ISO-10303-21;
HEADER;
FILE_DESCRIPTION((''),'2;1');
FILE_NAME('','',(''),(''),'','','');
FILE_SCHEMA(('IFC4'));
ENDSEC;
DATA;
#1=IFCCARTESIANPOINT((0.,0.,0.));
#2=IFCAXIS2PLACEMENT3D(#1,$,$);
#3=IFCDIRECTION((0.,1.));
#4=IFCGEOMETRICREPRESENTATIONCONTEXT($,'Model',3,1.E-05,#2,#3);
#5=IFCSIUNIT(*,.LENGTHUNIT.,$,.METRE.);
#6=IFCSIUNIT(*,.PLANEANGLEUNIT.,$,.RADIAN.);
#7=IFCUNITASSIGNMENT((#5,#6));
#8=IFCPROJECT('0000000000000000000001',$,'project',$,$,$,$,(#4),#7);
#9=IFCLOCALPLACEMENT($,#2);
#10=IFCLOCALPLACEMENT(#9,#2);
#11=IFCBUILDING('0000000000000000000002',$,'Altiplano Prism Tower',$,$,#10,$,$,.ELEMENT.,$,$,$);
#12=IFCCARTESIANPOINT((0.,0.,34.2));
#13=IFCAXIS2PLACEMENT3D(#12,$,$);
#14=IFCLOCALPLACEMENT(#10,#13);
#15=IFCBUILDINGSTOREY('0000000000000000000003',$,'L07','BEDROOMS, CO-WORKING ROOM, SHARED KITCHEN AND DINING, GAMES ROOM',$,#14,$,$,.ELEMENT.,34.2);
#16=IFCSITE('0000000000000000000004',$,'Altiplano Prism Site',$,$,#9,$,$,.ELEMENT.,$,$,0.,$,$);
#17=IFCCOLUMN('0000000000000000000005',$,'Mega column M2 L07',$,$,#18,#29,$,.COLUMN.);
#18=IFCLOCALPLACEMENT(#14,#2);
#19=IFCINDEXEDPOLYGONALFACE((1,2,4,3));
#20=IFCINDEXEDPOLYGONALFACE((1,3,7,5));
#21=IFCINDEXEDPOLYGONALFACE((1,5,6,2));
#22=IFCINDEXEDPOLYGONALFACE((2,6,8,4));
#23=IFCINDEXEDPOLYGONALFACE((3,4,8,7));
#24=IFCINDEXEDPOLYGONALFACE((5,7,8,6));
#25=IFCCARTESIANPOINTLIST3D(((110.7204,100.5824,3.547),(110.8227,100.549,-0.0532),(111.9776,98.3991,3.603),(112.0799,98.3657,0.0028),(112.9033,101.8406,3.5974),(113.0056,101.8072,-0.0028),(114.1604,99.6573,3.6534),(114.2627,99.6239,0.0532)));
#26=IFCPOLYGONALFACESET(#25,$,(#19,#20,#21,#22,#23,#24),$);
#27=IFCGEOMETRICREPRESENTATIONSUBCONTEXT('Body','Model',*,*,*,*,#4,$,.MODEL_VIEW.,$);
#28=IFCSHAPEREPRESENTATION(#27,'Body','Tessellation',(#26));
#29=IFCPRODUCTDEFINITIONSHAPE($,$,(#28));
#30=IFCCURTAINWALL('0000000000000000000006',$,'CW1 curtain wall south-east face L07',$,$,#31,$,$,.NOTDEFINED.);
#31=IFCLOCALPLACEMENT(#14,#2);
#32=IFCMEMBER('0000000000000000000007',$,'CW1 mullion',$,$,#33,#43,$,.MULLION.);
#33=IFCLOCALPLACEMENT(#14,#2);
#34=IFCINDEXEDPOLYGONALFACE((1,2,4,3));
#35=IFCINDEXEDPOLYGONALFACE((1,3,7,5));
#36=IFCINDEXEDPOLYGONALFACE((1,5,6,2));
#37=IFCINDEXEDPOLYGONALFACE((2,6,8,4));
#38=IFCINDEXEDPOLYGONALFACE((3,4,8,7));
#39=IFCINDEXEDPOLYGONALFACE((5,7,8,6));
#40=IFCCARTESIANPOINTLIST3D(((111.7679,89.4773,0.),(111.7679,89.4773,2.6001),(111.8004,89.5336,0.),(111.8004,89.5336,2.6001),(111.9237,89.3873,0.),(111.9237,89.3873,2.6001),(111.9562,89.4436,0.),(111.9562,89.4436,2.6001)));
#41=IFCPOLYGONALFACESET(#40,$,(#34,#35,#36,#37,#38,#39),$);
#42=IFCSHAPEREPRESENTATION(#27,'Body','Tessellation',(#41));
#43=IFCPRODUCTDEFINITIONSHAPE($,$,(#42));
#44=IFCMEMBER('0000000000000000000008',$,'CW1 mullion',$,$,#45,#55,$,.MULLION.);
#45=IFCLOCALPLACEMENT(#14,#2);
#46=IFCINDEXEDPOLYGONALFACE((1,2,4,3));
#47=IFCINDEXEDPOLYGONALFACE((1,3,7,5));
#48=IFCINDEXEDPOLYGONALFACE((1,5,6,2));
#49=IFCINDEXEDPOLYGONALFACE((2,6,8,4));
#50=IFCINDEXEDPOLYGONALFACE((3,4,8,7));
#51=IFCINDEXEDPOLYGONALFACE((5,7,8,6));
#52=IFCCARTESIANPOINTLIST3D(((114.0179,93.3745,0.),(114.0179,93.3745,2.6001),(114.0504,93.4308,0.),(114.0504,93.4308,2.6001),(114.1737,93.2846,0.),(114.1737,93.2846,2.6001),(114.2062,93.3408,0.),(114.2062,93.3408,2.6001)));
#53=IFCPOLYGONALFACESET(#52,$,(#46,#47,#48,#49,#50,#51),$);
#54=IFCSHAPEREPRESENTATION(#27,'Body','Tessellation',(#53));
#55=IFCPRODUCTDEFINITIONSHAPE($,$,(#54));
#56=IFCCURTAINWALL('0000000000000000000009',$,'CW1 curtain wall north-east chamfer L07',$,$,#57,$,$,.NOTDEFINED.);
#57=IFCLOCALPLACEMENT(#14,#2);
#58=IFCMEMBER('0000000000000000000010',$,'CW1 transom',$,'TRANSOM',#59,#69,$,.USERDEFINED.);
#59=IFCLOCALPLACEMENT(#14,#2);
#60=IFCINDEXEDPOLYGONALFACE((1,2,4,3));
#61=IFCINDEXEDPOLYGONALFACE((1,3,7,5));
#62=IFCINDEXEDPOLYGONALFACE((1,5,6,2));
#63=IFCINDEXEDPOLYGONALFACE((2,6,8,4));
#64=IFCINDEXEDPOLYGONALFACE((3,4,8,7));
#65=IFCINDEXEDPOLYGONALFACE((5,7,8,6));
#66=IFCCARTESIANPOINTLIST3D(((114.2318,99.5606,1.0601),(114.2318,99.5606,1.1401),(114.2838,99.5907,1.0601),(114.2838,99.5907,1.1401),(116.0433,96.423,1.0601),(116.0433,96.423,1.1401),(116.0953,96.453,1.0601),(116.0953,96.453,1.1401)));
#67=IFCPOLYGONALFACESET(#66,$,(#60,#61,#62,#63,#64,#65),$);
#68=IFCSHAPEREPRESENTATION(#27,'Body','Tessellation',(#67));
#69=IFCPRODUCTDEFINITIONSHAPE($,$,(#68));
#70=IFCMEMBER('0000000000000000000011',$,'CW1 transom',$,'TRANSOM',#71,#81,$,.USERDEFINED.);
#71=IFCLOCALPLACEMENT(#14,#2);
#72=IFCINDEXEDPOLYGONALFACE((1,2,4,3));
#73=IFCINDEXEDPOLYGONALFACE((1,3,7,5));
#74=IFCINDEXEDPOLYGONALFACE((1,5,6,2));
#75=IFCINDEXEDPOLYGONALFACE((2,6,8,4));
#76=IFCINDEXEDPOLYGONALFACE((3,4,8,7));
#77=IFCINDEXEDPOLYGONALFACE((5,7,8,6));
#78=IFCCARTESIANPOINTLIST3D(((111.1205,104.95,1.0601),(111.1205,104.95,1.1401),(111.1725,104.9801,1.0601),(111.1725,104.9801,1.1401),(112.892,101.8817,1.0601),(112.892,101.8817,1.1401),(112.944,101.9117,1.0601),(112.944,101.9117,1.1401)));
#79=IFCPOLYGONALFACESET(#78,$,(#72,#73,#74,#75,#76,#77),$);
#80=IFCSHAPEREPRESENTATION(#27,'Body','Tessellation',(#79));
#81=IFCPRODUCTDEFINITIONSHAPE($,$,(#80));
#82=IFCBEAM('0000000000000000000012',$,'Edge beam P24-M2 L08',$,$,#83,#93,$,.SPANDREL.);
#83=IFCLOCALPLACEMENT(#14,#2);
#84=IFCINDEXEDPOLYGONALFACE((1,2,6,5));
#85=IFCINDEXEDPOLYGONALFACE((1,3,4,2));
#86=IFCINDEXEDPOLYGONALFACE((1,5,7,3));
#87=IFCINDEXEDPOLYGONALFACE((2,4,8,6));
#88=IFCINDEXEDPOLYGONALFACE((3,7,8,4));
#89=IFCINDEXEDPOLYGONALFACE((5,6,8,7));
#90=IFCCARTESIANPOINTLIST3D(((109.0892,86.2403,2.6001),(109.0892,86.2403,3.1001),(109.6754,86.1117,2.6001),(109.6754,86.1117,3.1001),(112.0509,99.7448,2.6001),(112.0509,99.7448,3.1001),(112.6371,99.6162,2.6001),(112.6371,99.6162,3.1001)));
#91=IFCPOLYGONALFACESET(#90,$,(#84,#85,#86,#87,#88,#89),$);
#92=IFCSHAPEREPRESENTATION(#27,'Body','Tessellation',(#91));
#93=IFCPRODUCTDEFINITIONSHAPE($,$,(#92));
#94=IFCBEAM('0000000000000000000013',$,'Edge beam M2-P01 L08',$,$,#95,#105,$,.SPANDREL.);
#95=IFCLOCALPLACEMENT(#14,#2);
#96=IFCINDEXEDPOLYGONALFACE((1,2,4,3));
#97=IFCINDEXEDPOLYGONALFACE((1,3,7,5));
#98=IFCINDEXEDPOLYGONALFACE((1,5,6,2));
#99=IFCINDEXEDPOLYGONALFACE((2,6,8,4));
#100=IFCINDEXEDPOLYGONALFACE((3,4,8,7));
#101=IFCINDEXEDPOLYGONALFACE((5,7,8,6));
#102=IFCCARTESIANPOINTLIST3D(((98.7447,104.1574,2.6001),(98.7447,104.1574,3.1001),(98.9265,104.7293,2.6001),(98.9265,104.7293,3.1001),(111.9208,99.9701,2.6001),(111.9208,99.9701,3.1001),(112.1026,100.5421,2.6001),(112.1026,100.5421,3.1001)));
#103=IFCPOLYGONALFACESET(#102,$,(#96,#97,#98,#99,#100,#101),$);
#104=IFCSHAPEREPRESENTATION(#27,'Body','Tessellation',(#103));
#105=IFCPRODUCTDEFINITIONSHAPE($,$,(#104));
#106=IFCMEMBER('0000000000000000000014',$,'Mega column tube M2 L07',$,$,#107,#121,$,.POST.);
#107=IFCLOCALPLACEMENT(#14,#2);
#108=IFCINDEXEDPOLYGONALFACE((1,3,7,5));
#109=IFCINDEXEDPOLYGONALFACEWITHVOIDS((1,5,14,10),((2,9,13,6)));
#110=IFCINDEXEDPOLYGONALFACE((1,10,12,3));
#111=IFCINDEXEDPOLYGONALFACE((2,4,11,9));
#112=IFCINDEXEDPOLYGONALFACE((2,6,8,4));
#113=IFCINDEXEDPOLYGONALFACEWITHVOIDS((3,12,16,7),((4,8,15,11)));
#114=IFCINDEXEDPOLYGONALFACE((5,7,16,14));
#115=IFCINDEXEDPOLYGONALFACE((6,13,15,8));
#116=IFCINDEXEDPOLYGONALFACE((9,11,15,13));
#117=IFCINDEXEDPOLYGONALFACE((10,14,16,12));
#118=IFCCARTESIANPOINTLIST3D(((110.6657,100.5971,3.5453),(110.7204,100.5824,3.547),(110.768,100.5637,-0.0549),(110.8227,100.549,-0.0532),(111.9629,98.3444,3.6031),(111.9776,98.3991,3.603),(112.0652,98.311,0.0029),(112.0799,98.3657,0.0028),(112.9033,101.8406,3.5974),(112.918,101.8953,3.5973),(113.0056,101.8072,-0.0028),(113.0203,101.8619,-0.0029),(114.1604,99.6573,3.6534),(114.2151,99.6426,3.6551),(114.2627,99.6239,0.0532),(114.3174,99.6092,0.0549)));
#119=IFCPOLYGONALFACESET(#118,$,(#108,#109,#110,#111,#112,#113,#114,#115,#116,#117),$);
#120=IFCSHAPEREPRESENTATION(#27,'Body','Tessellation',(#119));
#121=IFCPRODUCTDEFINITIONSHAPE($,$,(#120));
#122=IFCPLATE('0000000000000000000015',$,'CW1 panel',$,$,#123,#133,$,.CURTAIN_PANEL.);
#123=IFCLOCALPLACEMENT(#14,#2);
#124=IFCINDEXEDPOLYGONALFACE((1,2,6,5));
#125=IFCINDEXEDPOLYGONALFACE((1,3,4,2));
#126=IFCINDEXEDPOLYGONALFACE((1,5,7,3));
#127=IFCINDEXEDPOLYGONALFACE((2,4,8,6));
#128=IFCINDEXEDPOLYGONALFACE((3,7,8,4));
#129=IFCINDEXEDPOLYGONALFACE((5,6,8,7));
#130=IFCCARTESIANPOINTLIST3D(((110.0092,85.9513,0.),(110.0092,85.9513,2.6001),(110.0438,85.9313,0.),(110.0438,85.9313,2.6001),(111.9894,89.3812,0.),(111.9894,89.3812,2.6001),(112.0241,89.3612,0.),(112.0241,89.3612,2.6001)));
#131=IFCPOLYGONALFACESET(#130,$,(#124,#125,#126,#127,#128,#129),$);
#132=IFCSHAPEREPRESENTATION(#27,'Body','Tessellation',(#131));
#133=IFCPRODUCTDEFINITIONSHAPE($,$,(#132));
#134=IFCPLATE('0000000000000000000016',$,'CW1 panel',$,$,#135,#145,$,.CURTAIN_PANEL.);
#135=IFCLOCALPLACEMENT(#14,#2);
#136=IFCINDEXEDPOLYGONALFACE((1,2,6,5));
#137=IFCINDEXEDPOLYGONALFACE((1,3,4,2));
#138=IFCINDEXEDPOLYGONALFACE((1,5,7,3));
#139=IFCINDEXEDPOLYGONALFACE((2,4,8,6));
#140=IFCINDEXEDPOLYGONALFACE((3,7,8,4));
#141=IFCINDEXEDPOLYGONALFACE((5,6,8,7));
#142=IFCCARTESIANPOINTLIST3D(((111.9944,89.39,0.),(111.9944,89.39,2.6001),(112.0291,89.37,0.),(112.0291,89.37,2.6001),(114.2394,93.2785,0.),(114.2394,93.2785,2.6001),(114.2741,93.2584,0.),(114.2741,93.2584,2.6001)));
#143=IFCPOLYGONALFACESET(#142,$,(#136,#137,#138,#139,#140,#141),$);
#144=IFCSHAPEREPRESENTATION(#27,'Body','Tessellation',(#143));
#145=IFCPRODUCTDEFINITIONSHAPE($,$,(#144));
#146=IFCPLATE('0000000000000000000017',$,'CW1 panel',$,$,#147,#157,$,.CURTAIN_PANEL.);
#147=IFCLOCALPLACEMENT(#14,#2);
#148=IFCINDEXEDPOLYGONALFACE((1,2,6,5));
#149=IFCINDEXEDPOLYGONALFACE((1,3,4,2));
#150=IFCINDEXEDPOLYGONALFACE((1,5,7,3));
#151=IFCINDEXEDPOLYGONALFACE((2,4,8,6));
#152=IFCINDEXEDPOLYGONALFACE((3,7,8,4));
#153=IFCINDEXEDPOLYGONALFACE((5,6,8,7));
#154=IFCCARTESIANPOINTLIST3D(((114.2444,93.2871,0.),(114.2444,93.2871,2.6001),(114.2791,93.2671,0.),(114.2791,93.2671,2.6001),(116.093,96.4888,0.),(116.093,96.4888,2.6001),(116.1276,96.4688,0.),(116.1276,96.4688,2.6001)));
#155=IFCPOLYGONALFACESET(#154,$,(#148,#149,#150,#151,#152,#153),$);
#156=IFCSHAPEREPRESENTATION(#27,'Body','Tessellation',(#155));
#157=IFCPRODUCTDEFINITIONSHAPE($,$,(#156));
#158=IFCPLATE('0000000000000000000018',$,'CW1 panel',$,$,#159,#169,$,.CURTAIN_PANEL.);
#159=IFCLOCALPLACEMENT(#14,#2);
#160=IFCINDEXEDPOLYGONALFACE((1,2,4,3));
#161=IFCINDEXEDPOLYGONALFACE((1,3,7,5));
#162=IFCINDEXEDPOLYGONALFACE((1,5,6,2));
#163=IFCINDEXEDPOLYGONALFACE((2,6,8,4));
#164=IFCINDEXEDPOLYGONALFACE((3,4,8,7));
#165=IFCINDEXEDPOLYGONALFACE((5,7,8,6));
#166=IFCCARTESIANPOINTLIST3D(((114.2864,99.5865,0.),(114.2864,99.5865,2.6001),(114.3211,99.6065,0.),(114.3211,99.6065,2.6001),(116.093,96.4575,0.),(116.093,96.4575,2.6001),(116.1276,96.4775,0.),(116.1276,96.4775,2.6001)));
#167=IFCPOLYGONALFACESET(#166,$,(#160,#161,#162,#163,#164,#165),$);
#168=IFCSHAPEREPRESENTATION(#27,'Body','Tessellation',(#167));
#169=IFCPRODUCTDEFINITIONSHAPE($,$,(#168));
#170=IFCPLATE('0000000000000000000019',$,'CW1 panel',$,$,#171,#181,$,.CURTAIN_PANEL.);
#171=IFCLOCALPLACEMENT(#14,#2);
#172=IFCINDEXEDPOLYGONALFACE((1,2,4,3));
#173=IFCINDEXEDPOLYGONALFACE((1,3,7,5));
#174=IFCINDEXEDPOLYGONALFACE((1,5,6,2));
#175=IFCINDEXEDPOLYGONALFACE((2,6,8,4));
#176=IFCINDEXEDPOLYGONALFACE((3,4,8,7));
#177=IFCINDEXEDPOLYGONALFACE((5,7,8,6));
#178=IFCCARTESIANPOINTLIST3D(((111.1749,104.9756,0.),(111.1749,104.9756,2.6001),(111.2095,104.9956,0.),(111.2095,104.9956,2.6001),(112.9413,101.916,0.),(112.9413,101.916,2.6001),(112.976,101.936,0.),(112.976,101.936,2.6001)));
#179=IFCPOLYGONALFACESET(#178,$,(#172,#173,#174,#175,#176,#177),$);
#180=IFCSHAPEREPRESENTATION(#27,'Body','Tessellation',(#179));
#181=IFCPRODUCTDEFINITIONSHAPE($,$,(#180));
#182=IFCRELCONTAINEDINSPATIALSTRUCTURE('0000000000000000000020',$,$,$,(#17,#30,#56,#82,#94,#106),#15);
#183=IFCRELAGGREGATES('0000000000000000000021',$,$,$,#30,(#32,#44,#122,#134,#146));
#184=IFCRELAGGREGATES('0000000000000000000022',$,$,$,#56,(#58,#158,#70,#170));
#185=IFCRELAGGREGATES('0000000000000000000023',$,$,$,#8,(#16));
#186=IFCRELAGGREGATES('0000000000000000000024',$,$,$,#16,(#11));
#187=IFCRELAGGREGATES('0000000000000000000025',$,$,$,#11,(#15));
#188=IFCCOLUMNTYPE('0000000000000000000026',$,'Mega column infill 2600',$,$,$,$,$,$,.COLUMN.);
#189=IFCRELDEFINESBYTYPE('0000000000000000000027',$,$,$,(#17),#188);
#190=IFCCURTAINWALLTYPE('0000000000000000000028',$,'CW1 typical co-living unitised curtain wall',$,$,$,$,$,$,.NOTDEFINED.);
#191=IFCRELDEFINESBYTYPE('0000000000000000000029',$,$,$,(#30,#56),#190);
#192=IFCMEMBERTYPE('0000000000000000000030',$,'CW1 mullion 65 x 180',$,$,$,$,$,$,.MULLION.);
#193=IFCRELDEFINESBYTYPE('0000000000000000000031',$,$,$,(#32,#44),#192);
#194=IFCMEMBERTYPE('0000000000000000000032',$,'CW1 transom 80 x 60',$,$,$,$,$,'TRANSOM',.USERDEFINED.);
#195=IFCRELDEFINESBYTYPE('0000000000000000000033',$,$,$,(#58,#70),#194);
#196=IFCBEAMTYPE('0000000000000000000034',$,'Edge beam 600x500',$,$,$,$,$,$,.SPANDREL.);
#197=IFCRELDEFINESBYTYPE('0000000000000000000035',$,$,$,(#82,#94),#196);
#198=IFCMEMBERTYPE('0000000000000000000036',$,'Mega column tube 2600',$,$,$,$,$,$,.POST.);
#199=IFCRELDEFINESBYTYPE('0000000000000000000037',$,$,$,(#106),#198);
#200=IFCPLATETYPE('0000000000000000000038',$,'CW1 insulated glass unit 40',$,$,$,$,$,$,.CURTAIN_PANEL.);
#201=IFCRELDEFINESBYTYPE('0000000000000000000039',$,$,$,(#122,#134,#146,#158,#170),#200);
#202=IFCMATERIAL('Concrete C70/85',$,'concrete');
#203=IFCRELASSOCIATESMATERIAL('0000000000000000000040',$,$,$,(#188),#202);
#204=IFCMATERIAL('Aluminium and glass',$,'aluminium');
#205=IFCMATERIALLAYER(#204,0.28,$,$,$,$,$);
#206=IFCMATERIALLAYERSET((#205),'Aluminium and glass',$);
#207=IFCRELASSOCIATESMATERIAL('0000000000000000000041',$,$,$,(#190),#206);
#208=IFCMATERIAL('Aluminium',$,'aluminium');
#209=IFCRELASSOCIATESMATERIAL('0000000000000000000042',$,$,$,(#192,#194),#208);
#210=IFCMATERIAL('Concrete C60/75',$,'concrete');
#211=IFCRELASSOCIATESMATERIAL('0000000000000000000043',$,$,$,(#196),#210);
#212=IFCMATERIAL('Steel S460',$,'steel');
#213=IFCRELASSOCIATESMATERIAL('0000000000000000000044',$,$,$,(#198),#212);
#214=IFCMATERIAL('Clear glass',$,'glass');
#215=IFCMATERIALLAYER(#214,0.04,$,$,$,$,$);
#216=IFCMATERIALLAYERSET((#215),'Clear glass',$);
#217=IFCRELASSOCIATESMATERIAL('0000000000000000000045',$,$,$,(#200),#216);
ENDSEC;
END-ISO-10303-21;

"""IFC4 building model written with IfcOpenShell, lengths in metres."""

from ifc_helpers import new_model, si_unit, direction, frame, origin, origin_2d, place, context, subcontext, project, spatial, rectangle, hollow_rectangle, extrude, material, layer, layer_set, material_profile, profile_set, type_object, element, aggregate, save


model = new_model("IFC4")

# Units and contexts
model_context = context("Model", 3, precision=1e-05, world=origin(), true_north=direction((0.0, 1.0)))
body_context = subcontext(model_context, "Body", "Model", "MODEL_VIEW")
ifc_project = project(units=[si_unit("LENGTHUNIT", "METRE"), si_unit("PLANEANGLEUNIT", "RADIAN")], contexts=[model_context])

# Site, building, storey
site_placement = place(None, origin())
site = spatial("IfcSite", under=ifc_project, at=site_placement, Name="Altiplano Prism Site", CompositionType="ELEMENT", RefElevation=0.0)
building_placement = place(site_placement, origin())
building = spatial("IfcBuilding", under=site, at=building_placement, Name="Altiplano Prism Tower", CompositionType="ELEMENT")
storey_placement = place(building_placement, frame((0.0, 0.0, 34.2)))
storey = spatial("IfcBuildingStorey", under=building, at=storey_placement, Name="L07", Description="BEDROOMS, CO-WORKING ROOM, SHARED KITCHEN AND DINING, GAMES ROOM", CompositionType="ELEMENT", Elevation=34.2)

# Column
ifc_material_1 = material(Name="Concrete C70/85", Category="concrete")
ifc_material_profile_1 = material_profile(ifc_material_1, rectangle(XDim=2.52, YDim=2.52, at=origin_2d()), Name="Mega column infill 2600")
ifc_profile_set_1 = profile_set([ifc_material_profile_1], Name="Concrete C70/85")
column_type = type_object("IfcColumnType", Name="Mega column infill 2600", PredefinedType="COLUMN", material=ifc_profile_set_1)
column_placement = place(storey_placement, frame((112.5427, 100.0864, 0.0), z_axis=(-0.028402, 0.009287, 0.999553), x_axis=(0.498881, -0.866385, 0.022225)))
element("IfcColumn", 1, at=column_placement, inside=storey, type_object=column_type, Name="Mega column M2 L07", PredefinedType="COLUMN", context=body_context, shape_type="SweptSolid", body=[
    extrude(rectangle(XDim=2.52, YDim=2.52, at=origin_2d()), origin(), (0.0, 0.0, 1.0), 3.6018),
])

# Curtain walls, members
ifc_material_2 = material(Name="Aluminium and glass", Category="aluminium")
ifc_layer_1 = layer(ifc_material_2, 0.28)
ifc_layer_set_1 = layer_set([ifc_layer_1], Name="Aluminium and glass")
curtain_wall_type = type_object("IfcCurtainWallType", Name="CW1 typical co-living unitised curtain wall", PredefinedType="NOTDEFINED", material=ifc_layer_set_1)
curtain_wall_1_placement = place(storey_placement, origin())
curtain_wall_1 = element("IfcCurtainWall", 2, at=curtain_wall_1_placement, inside=storey, type_object=curtain_wall_type, Name="CW1 curtain wall south-east face L07", PredefinedType="NOTDEFINED")
ifc_material_3 = material(Name="Aluminium", Category="aluminium")
ifc_material_profile_2 = material_profile(ifc_material_3, rectangle(XDim=0.1799, YDim=0.0649, at=origin_2d()), Name="CW1 mullion 65 x 180")
ifc_profile_set_2 = profile_set([ifc_material_profile_2], Name="Aluminium")
member_type_1 = type_object("IfcMemberType", Name="CW1 mullion 65 x 180", PredefinedType="MULLION", material=ifc_profile_set_2)
member_1_placement = place(storey_placement, frame((111.8621, 89.4604, 0.0), z_axis=(0.0, 0.0, 1.0), x_axis=(-0.866025, 0.5, 0.0)))
member_1 = element("IfcMember", 3, at=member_1_placement, type_object=member_type_1, Name="CW1 mullion", PredefinedType="MULLION", context=body_context, shape_type="SweptSolid", body=[
    extrude(rectangle(XDim=0.1799, YDim=0.0649, at=origin_2d()), origin(), (0.0, 0.0, 1.0), 2.6001),
])
member_2_placement = place(storey_placement, frame((114.1121, 93.3577, 0.0), z_axis=(0.0, 0.0, 1.0), x_axis=(-0.866025, 0.5, 0.0)))
member_2 = element("IfcMember", 4, at=member_2_placement, type_object=member_type_1, Name="CW1 mullion", PredefinedType="MULLION", context=body_context, shape_type="SweptSolid", body=[
    extrude(rectangle(XDim=0.1799, YDim=0.0649, at=origin_2d()), origin(), (0.0, 0.0, 1.0), 2.6001),
])
curtain_wall_2_placement = place(storey_placement, origin())
curtain_wall_2 = element("IfcCurtainWall", 5, at=curtain_wall_2_placement, inside=storey, type_object=curtain_wall_type, Name="CW1 curtain wall north-east chamfer L07", PredefinedType="NOTDEFINED")
ifc_material_profile_3 = material_profile(ifc_material_3, rectangle(XDim=0.0601, YDim=0.0801, at=origin_2d()), Name="CW1 transom 80 x 60")
ifc_profile_set_3 = profile_set([ifc_material_profile_3], Name="Aluminium")
member_type_2 = type_object("IfcMemberType", Name="CW1 transom 80 x 60", ElementType="TRANSOM", PredefinedType="USERDEFINED", material=ifc_profile_set_3)
member_3_placement = place(storey_placement, frame((116.0693, 96.438, 1.1001), z_axis=(-0.499995, 0.866028, 0.0), x_axis=(-0.866028, -0.499995, 0.0)))
member_3 = element("IfcMember", 6, at=member_3_placement, type_object=member_type_2, Name="CW1 transom", ObjectType="TRANSOM", PredefinedType="USERDEFINED", context=body_context, shape_type="SweptSolid", body=[
    extrude(rectangle(XDim=0.0601, YDim=0.0801, at=origin_2d()), origin(), (0.0, 0.0, 1.0), 3.623),
])
member_4_placement = place(storey_placement, frame((112.918, 101.8967, 1.1001), z_axis=(-0.499993, 0.86603, 0.0), x_axis=(-0.86603, -0.499993, 0.0)))
member_4 = element("IfcMember", 7, at=member_4_placement, type_object=member_type_2, Name="CW1 transom", ObjectType="TRANSOM", PredefinedType="USERDEFINED", context=body_context, shape_type="SweptSolid", body=[
    extrude(rectangle(XDim=0.0601, YDim=0.0801, at=origin_2d()), origin(), (0.0, 0.0, 1.0), 3.543),
])

# Beams
ifc_material_4 = material(Name="Concrete C60/75", Category="concrete")
ifc_material_profile_4 = material_profile(ifc_material_4, rectangle(XDim=0.6001, YDim=0.5, at=origin_2d()), Name="Edge beam 600x500")
ifc_profile_set_4 = profile_set([ifc_material_profile_4], Name="Concrete C60/75")
beam_type = type_object("IfcBeamType", Name="Edge beam 600x500", PredefinedType="SPANDREL", material=ifc_profile_set_4)
for number, where, z_axis, x_axis, name in (
    (8, (109.3823, 86.176, 2.8501), (0.21422, 0.976785, 0.0), (-0.976785, 0.21422, 0.0), "Edge beam P24-M2 L08"),
    (9, (112.0117, 100.2561, 2.8501), (-0.953033, 0.302868, 0.0), (-0.302868, -0.953033, 0.0), "Edge beam M2-P01 L08"),
):
    element("IfcBeam", number, at=place(storey_placement, frame(where, z_axis=z_axis, x_axis=x_axis)), inside=storey, type_object=beam_type, Name=name, PredefinedType="SPANDREL", context=body_context, shape_type="SweptSolid", body=[
        extrude(rectangle(XDim=0.6001, YDim=0.5, at=origin_2d()), origin(), (0.0, 0.0, 1.0), 13.8254),
    ])

# Member
ifc_material_5 = material(Name="Steel S460", Category="steel")
ifc_material_profile_5 = material_profile(ifc_material_5, hollow_rectangle(XDim=2.6001, YDim=2.6001, WallThickness=0.04, at=origin_2d()), Name="Mega column tube 2600")
ifc_profile_set_5 = profile_set([ifc_material_profile_5], Name="Steel S460")
member_type_3 = type_object("IfcMemberType", Name="Mega column tube 2600", PredefinedType="POST", material=ifc_profile_set_5)
member_5_placement = place(storey_placement, frame((112.5427, 100.0864, 0.0), z_axis=(-0.028402, 0.009287, 0.999553), x_axis=(0.498881, -0.866385, 0.022225)))
element("IfcMember", 10, at=member_5_placement, inside=storey, type_object=member_type_3, Name="Mega column tube M2 L07", PredefinedType="POST", context=body_context, shape_type="SweptSolid", body=[
    extrude(hollow_rectangle(XDim=2.6001, YDim=2.6001, WallThickness=0.04, at=origin_2d()), origin(), (0.0, 0.0, 1.0), 3.6018),
])

# Plates
ifc_material_6 = material(Name="Clear glass", Category="glass")
ifc_layer_2 = layer(ifc_material_6, 0.04)
ifc_layer_set_2 = layer_set([ifc_layer_2], Name="Clear glass")
plate_type = type_object("IfcPlateType", Name="CW1 insulated glass unit 40", PredefinedType="CURTAIN_PANEL", material=ifc_layer_set_2)
plate_1_placement = place(storey_placement, frame((111.0166, 87.6562, 0.0), z_axis=(0.0, 0.0, 1.0), x_axis=(0.5, 0.866025, 0.0)))
plate_1 = element("IfcPlate", 11, at=plate_1_placement, type_object=plate_type, Name="CW1 panel", PredefinedType="CURTAIN_PANEL", context=body_context, shape_type="SweptSolid", body=[
    extrude(rectangle(XDim=3.9604, YDim=0.04, at=origin_2d()), origin(), (0.0, 0.0, 1.0), 2.6001),
])
plate_2_placement = place(storey_placement, frame((113.1343, 91.3242, 0.0), z_axis=(0.0, 0.0, 1.0), x_axis=(0.5, 0.866025, 0.0)))
plate_2 = element("IfcPlate", 12, at=plate_2_placement, type_object=plate_type, Name="CW1 panel", PredefinedType="CURTAIN_PANEL", context=body_context, shape_type="SweptSolid", body=[
    extrude(rectangle(XDim=4.49, YDim=0.04, at=origin_2d()), origin(), (0.0, 0.0, 1.0), 2.6001),
])
plate_3_placement = place(storey_placement, frame((115.186, 94.8779, 0.0), z_axis=(0.0, 0.0, 1.0), x_axis=(0.5, 0.866025, 0.0)))
plate_3 = element("IfcPlate", 13, at=plate_3_placement, type_object=plate_type, Name="CW1 panel", PredefinedType="CURTAIN_PANEL", context=body_context, shape_type="SweptSolid", body=[
    extrude(rectangle(XDim=3.697, YDim=0.04, at=origin_2d()), origin(), (0.0, 0.0, 1.0), 2.6001),
])
aggregate(curtain_wall_1, [member_1, member_2, plate_1, plate_2, plate_3])
plate_4_placement = place(storey_placement, frame((115.207, 98.032, 0.0), z_axis=(0.0, 0.0, 1.0), x_axis=(-0.5, 0.866025, 0.0)))
plate_4 = element("IfcPlate", 14, at=plate_4_placement, type_object=plate_type, Name="CW1 panel", PredefinedType="CURTAIN_PANEL", context=body_context, shape_type="SweptSolid", body=[
    extrude(rectangle(XDim=3.613, YDim=0.04, at=origin_2d()), origin(), (0.0, 0.0, 1.0), 2.6001),
])
plate_5_placement = place(storey_placement, frame((112.0754, 103.4558, 0.0), z_axis=(0.0, 0.0, 1.0), x_axis=(-0.5, 0.866025, 0.0)))
plate_5 = element("IfcPlate", 15, at=plate_5_placement, type_object=plate_type, Name="CW1 panel", PredefinedType="CURTAIN_PANEL", context=body_context, shape_type="SweptSolid", body=[
    extrude(rectangle(XDim=3.533, YDim=0.04, at=origin_2d()), origin(), (0.0, 0.0, 1.0), 2.6001),
])
aggregate(curtain_wall_2, [member_3, plate_4, member_4, plate_5])

save(model, "model.ifc")
